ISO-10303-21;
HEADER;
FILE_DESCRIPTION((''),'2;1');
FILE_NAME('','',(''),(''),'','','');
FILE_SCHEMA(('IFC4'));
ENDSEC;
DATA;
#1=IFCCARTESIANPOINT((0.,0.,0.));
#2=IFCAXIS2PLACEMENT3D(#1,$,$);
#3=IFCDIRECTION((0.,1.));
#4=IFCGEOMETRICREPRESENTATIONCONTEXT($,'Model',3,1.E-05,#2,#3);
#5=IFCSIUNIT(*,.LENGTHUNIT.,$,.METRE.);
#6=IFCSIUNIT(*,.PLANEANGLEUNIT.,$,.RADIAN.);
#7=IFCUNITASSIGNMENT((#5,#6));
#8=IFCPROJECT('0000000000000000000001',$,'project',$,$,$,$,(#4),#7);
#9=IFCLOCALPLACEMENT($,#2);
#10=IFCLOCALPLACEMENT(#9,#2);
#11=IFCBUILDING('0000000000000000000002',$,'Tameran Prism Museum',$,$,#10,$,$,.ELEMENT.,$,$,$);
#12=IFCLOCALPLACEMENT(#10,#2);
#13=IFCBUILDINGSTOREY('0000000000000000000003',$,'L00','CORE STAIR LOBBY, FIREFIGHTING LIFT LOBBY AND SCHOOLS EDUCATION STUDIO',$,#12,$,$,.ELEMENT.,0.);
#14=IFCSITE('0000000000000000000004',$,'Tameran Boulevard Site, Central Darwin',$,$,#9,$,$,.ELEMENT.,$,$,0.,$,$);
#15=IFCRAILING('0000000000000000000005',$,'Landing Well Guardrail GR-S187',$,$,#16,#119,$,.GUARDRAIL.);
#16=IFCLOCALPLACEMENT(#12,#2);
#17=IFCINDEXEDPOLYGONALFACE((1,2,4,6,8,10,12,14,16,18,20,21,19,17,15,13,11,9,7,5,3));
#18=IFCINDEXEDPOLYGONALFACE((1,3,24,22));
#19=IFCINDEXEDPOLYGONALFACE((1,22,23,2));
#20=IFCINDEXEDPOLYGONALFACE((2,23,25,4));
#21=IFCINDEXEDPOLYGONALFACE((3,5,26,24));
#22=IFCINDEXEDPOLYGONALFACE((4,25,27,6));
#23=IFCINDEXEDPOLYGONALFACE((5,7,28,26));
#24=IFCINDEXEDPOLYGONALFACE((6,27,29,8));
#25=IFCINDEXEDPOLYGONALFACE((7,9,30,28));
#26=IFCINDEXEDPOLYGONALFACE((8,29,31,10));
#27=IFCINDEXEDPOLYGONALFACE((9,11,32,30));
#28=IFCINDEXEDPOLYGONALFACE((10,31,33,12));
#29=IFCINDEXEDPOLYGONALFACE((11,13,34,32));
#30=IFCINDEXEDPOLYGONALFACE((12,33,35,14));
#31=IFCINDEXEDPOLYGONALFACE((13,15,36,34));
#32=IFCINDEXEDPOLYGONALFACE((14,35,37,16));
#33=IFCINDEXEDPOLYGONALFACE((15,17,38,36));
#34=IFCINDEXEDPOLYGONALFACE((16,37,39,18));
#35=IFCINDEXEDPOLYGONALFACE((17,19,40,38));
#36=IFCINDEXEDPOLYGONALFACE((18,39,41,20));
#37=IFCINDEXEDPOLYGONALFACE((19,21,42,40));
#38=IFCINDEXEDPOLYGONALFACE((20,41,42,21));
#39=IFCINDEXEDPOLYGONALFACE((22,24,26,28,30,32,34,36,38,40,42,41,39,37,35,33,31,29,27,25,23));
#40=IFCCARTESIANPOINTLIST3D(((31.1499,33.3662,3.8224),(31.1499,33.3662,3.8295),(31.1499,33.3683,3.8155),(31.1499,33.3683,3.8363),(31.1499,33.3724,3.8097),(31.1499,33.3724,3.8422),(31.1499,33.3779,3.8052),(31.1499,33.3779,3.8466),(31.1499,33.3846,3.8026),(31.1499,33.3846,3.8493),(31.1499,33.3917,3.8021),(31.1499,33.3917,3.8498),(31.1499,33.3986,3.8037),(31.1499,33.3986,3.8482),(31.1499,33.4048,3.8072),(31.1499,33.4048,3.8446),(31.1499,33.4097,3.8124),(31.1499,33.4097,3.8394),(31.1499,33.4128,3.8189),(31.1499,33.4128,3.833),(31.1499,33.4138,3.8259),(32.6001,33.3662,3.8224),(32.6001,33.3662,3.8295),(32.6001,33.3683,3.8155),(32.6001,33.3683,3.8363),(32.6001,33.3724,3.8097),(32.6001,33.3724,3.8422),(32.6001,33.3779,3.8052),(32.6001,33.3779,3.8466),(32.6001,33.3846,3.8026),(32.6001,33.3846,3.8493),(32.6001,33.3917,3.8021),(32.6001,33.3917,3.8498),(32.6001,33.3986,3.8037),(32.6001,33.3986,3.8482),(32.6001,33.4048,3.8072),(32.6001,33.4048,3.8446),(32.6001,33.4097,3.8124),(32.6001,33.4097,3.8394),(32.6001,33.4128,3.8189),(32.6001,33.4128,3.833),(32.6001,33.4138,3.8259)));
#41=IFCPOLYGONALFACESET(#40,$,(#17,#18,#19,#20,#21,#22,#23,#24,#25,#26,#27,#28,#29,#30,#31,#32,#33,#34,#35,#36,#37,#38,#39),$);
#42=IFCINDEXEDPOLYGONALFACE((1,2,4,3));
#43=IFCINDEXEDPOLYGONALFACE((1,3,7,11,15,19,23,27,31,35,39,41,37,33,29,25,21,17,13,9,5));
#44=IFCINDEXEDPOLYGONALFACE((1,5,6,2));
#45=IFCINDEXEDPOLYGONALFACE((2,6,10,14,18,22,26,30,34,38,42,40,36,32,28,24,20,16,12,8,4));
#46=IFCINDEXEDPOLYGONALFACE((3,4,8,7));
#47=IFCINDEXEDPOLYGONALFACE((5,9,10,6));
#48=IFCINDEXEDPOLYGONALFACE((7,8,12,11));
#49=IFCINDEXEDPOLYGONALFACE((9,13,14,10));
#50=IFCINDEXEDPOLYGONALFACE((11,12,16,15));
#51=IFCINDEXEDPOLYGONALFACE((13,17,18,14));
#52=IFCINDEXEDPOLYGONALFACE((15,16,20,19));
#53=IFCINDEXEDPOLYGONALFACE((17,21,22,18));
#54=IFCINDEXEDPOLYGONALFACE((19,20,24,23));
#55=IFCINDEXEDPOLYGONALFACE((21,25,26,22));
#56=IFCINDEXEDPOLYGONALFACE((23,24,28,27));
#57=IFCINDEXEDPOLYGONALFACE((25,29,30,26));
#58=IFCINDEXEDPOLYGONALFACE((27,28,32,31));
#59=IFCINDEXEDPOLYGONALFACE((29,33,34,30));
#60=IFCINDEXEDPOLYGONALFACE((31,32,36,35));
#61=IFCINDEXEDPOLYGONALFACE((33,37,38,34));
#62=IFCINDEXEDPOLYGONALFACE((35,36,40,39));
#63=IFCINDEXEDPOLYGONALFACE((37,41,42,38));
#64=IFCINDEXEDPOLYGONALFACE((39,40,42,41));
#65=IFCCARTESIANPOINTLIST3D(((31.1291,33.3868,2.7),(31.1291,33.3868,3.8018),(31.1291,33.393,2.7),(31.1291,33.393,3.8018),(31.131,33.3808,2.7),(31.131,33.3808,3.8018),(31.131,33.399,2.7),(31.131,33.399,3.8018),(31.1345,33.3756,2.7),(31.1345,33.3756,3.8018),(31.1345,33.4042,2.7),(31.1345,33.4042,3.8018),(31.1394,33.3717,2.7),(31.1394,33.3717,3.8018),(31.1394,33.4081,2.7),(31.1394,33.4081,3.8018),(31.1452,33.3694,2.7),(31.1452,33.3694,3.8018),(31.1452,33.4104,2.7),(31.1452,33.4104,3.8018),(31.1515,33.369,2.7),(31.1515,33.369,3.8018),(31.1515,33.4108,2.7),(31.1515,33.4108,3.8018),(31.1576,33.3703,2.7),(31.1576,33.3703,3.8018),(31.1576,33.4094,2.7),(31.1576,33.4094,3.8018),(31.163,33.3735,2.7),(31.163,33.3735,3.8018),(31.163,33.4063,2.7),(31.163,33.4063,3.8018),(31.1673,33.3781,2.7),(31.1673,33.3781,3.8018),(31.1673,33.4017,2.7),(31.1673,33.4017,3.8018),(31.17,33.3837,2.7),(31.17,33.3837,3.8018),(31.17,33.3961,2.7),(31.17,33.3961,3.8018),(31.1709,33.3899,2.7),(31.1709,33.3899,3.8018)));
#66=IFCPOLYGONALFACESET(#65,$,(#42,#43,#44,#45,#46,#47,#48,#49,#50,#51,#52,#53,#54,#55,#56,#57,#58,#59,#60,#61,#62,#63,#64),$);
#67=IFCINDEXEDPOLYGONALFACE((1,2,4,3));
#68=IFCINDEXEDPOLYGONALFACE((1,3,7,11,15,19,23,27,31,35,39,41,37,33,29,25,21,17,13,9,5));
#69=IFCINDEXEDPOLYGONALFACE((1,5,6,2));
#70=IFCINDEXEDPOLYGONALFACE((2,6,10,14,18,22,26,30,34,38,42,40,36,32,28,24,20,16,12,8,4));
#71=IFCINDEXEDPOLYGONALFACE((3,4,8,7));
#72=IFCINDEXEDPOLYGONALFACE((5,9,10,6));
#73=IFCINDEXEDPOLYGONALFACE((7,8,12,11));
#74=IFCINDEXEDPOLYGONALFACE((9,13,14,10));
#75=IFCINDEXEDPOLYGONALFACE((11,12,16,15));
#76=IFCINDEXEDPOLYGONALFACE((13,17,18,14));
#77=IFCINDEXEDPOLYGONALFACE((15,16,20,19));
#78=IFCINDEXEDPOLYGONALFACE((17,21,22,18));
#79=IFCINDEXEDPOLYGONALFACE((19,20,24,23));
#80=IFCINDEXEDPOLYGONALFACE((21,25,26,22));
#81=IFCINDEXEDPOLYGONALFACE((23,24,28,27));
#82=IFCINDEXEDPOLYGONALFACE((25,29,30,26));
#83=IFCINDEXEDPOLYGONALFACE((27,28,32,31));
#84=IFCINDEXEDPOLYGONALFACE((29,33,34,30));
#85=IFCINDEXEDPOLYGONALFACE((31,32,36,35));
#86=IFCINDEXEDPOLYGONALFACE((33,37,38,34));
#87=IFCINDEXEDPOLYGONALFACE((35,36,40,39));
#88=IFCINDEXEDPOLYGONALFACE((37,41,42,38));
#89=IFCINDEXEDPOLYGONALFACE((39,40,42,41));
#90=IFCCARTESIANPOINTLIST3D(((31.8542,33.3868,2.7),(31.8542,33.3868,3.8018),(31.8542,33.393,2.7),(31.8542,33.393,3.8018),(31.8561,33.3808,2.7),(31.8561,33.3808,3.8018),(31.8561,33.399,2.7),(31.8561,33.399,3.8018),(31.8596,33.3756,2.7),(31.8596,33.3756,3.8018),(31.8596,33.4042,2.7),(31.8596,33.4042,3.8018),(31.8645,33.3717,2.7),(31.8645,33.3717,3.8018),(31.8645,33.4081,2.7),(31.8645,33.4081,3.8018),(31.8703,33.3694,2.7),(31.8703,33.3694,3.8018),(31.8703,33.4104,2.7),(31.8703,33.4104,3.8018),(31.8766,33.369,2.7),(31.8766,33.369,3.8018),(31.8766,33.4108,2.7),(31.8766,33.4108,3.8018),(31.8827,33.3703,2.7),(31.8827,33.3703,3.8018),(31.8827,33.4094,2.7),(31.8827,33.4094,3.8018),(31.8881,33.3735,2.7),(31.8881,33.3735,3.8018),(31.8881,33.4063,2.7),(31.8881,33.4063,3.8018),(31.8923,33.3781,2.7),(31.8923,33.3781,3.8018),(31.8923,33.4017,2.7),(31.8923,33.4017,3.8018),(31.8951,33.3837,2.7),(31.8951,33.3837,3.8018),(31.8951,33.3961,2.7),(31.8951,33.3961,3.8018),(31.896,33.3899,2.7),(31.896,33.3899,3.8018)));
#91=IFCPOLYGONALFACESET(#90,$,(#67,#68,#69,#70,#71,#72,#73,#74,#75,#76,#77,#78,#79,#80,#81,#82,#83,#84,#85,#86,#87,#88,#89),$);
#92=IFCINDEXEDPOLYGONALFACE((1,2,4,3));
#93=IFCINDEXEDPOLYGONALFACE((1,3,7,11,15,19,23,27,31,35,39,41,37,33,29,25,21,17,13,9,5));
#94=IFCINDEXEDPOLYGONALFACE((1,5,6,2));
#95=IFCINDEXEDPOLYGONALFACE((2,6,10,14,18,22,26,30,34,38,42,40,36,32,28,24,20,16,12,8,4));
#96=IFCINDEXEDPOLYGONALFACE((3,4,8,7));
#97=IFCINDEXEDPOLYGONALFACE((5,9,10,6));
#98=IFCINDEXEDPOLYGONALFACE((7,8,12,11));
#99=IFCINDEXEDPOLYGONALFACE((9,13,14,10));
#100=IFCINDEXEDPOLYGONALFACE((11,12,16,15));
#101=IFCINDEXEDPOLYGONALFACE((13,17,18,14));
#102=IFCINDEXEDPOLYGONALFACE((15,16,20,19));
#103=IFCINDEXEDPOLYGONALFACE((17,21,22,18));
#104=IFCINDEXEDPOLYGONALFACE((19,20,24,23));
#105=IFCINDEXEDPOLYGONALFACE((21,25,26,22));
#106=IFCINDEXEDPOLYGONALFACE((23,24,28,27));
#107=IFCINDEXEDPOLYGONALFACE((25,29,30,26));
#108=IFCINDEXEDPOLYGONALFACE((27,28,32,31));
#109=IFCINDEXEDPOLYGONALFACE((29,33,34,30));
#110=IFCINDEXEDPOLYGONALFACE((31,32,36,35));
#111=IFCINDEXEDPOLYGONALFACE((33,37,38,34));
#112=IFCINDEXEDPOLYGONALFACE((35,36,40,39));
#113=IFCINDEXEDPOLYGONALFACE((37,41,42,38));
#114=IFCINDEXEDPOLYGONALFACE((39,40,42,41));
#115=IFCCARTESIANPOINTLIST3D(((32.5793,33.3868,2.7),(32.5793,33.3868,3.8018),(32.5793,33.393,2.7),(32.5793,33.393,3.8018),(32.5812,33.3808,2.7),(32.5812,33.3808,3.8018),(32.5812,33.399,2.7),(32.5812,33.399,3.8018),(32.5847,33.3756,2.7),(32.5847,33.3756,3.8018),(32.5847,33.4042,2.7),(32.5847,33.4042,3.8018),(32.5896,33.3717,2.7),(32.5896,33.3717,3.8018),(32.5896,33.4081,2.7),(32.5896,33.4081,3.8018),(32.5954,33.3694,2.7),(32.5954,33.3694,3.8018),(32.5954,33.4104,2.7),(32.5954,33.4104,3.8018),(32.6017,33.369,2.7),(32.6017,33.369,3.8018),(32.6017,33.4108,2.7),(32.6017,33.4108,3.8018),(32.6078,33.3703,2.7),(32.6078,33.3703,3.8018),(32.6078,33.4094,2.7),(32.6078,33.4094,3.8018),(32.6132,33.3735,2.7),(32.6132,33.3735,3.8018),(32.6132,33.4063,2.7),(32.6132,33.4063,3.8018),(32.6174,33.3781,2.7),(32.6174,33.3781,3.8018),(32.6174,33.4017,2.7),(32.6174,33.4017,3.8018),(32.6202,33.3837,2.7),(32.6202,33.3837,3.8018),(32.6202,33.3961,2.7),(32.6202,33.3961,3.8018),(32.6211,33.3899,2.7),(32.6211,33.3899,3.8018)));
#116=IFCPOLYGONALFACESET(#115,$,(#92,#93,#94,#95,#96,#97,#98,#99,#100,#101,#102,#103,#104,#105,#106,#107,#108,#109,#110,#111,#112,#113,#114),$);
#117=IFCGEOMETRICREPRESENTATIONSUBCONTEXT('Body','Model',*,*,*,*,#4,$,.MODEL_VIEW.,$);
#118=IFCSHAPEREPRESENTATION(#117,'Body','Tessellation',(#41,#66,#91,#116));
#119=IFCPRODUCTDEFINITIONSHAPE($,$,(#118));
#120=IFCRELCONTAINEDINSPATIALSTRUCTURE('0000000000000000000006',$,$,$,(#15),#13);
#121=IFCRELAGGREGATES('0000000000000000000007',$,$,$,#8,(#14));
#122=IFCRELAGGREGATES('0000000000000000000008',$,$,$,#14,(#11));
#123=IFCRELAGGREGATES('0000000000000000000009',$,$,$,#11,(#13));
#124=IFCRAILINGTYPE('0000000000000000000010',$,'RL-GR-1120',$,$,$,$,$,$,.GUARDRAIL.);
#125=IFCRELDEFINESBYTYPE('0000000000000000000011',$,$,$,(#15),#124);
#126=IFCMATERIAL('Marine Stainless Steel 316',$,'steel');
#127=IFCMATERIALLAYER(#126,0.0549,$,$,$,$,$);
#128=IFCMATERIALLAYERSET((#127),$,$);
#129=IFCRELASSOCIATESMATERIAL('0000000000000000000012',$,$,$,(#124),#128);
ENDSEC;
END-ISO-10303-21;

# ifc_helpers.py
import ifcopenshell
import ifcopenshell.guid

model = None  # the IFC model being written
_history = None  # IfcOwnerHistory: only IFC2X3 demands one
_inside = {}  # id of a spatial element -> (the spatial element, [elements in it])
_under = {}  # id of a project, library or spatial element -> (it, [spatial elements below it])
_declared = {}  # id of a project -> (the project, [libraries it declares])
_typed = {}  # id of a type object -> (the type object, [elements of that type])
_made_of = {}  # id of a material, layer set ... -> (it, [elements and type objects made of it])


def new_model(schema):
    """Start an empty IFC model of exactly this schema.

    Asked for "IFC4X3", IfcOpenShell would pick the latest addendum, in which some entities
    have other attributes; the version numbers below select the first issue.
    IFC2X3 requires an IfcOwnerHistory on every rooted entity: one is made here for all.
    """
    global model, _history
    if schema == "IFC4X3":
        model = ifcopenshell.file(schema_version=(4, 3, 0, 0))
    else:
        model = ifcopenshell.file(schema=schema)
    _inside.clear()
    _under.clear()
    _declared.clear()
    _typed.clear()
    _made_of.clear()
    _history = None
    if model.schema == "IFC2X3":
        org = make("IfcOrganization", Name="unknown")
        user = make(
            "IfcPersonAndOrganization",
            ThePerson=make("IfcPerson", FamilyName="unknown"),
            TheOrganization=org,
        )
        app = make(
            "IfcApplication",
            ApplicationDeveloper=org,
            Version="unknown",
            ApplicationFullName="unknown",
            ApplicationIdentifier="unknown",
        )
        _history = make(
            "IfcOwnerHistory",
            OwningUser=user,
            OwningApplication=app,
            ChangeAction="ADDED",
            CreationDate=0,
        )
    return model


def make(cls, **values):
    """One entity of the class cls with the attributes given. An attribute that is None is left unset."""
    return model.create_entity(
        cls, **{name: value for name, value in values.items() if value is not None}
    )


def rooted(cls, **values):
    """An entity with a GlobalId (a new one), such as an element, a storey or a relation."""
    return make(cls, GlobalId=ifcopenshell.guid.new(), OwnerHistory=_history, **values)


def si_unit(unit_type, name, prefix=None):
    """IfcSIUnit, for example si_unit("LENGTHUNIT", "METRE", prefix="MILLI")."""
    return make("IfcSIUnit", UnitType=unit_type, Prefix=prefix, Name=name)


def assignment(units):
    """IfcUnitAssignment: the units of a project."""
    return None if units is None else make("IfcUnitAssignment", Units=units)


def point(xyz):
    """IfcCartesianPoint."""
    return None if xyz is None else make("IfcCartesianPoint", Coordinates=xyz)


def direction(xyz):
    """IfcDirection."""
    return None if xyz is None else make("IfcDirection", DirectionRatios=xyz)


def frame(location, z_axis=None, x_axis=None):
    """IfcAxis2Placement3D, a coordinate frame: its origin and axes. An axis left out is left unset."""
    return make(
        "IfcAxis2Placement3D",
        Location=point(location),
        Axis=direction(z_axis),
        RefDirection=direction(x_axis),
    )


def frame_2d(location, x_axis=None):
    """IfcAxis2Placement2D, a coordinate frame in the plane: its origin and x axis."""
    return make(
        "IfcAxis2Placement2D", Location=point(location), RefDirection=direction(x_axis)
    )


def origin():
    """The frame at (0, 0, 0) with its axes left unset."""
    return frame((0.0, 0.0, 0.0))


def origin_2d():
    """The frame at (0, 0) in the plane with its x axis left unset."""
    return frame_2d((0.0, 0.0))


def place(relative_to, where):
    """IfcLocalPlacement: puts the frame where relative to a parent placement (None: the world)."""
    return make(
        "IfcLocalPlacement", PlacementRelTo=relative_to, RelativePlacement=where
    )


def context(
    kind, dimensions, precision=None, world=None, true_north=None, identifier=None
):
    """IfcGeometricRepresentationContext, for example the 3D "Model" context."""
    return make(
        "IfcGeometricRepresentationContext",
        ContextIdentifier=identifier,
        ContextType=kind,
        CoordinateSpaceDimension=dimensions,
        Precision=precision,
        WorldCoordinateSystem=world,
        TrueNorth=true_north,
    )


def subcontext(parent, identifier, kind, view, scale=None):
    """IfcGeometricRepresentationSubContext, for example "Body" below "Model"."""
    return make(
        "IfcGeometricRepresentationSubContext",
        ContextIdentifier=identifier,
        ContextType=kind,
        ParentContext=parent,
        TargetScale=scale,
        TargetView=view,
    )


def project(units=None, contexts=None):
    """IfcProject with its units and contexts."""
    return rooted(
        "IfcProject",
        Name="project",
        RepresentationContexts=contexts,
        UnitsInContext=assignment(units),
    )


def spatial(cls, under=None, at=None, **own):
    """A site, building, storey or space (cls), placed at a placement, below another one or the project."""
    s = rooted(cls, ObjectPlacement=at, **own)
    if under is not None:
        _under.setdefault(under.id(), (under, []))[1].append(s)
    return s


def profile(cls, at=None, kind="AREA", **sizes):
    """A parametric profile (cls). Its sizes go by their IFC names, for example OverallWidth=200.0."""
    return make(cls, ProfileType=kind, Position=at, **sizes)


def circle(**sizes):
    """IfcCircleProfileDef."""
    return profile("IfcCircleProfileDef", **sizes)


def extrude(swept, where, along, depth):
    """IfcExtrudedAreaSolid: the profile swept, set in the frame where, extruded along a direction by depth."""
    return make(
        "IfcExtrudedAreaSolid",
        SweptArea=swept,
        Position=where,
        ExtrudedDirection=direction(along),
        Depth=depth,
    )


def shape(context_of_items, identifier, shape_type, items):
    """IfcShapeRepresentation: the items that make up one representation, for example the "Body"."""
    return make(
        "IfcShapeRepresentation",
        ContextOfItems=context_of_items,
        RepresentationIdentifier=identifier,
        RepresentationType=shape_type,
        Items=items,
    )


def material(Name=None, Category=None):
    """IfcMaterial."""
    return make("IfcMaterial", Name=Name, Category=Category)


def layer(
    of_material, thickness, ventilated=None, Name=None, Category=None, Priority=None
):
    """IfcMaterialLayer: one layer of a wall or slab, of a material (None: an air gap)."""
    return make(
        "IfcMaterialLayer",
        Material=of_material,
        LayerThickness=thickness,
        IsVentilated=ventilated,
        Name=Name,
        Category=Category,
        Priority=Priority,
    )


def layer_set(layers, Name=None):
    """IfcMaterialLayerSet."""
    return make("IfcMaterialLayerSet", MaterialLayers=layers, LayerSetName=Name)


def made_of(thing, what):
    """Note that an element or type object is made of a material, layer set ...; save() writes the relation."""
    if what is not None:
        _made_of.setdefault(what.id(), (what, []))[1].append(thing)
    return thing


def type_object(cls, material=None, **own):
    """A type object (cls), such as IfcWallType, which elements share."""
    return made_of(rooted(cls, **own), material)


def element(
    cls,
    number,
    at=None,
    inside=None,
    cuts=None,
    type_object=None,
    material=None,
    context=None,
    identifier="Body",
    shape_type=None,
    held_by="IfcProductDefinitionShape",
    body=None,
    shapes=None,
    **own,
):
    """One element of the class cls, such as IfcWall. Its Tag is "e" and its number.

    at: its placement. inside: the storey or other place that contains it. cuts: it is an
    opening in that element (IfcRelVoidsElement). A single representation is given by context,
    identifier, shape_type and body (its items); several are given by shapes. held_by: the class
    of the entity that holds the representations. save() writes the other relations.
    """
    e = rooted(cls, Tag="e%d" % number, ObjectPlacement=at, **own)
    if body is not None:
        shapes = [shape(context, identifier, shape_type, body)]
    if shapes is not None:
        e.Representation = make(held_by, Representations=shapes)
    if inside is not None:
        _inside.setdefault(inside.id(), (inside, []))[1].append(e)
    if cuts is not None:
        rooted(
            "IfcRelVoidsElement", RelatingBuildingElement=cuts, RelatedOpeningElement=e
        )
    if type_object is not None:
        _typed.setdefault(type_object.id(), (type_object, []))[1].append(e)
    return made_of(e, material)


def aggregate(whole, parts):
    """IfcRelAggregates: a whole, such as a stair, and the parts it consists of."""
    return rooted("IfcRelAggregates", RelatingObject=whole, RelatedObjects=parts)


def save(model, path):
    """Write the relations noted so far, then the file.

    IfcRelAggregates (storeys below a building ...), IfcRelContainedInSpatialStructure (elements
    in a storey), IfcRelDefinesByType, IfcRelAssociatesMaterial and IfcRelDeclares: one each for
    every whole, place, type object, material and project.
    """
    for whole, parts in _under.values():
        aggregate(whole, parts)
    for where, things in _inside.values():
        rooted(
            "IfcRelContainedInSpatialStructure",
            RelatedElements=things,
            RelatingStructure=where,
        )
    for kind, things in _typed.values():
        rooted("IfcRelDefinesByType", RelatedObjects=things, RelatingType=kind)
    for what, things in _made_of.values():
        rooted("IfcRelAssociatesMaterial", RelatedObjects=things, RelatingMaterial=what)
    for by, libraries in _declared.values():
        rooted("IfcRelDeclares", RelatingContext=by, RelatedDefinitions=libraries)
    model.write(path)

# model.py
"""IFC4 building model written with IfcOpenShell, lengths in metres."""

from ifc_helpers import new_model, si_unit, direction, frame, origin, origin_2d, place, context, subcontext, project, spatial, circle, extrude, material, layer, layer_set, type_object, element, save


model = new_model("IFC4")

# Units and contexts
model_context = context("Model", 3, precision=1e-05, world=origin(), true_north=direction((0.0, 1.0)))
body_context = subcontext(model_context, "Body", "Model", "MODEL_VIEW")
ifc_project = project(units=[si_unit("LENGTHUNIT", "METRE"), si_unit("PLANEANGLEUNIT", "RADIAN")], contexts=[model_context])

# Site, building, storey
site_placement = place(None, origin())
site = spatial("IfcSite", under=ifc_project, at=site_placement, Name="Tameran Boulevard Site, Central Darwin", CompositionType="ELEMENT", RefElevation=0.0)
building_placement = place(site_placement, origin())
building = spatial("IfcBuilding", under=site, at=building_placement, Name="Tameran Prism Museum", CompositionType="ELEMENT")
storey_placement = place(building_placement, origin())
storey = spatial("IfcBuildingStorey", under=building, at=storey_placement, Name="L00", Description="CORE STAIR LOBBY, FIREFIGHTING LIFT LOBBY AND SCHOOLS EDUCATION STUDIO", CompositionType="ELEMENT", Elevation=0.0)

# Railing
ifc_material_1 = material(Name="Marine Stainless Steel 316", Category="steel")
ifc_layer_1 = layer(ifc_material_1, 0.0549)
ifc_layer_set_1 = layer_set([ifc_layer_1])
railing_type_1 = type_object("IfcRailingType", Name="RL-GR-1120", PredefinedType="GUARDRAIL", material=ifc_layer_set_1)
railing_1_placement = place(storey_placement, frame((31.1499, 33.3899, 2.7)))
element("IfcRailing", 1, at=railing_1_placement, inside=storey, type_object=railing_type_1, Name="Landing Well Guardrail GR-S187", PredefinedType="GUARDRAIL", context=body_context, shape_type="SweptSolid", body=[
    extrude(circle(Radius=0.0239, at=origin_2d()), frame((0.0, 0.0, 1.126), z_axis=(1.0, 0.0, 0.0), x_axis=(0.0, 1.0, 0.0)), (0.0, 0.0, 1.0), 1.4502),
    extrude(circle(Radius=0.021, at=origin_2d()), origin(), (0.0, 0.0, 1.0), 1.1018),
    extrude(circle(Radius=0.021, at=origin_2d()), frame((0.7251, 0.0, 0.0)), (0.0, 0.0, 1.0), 1.1018),
    extrude(circle(Radius=0.021, at=origin_2d()), frame((1.4502, 0.0, 0.0)), (0.0, 0.0, 1.0), 1.1018),
])

save(model, "model.ifc")
